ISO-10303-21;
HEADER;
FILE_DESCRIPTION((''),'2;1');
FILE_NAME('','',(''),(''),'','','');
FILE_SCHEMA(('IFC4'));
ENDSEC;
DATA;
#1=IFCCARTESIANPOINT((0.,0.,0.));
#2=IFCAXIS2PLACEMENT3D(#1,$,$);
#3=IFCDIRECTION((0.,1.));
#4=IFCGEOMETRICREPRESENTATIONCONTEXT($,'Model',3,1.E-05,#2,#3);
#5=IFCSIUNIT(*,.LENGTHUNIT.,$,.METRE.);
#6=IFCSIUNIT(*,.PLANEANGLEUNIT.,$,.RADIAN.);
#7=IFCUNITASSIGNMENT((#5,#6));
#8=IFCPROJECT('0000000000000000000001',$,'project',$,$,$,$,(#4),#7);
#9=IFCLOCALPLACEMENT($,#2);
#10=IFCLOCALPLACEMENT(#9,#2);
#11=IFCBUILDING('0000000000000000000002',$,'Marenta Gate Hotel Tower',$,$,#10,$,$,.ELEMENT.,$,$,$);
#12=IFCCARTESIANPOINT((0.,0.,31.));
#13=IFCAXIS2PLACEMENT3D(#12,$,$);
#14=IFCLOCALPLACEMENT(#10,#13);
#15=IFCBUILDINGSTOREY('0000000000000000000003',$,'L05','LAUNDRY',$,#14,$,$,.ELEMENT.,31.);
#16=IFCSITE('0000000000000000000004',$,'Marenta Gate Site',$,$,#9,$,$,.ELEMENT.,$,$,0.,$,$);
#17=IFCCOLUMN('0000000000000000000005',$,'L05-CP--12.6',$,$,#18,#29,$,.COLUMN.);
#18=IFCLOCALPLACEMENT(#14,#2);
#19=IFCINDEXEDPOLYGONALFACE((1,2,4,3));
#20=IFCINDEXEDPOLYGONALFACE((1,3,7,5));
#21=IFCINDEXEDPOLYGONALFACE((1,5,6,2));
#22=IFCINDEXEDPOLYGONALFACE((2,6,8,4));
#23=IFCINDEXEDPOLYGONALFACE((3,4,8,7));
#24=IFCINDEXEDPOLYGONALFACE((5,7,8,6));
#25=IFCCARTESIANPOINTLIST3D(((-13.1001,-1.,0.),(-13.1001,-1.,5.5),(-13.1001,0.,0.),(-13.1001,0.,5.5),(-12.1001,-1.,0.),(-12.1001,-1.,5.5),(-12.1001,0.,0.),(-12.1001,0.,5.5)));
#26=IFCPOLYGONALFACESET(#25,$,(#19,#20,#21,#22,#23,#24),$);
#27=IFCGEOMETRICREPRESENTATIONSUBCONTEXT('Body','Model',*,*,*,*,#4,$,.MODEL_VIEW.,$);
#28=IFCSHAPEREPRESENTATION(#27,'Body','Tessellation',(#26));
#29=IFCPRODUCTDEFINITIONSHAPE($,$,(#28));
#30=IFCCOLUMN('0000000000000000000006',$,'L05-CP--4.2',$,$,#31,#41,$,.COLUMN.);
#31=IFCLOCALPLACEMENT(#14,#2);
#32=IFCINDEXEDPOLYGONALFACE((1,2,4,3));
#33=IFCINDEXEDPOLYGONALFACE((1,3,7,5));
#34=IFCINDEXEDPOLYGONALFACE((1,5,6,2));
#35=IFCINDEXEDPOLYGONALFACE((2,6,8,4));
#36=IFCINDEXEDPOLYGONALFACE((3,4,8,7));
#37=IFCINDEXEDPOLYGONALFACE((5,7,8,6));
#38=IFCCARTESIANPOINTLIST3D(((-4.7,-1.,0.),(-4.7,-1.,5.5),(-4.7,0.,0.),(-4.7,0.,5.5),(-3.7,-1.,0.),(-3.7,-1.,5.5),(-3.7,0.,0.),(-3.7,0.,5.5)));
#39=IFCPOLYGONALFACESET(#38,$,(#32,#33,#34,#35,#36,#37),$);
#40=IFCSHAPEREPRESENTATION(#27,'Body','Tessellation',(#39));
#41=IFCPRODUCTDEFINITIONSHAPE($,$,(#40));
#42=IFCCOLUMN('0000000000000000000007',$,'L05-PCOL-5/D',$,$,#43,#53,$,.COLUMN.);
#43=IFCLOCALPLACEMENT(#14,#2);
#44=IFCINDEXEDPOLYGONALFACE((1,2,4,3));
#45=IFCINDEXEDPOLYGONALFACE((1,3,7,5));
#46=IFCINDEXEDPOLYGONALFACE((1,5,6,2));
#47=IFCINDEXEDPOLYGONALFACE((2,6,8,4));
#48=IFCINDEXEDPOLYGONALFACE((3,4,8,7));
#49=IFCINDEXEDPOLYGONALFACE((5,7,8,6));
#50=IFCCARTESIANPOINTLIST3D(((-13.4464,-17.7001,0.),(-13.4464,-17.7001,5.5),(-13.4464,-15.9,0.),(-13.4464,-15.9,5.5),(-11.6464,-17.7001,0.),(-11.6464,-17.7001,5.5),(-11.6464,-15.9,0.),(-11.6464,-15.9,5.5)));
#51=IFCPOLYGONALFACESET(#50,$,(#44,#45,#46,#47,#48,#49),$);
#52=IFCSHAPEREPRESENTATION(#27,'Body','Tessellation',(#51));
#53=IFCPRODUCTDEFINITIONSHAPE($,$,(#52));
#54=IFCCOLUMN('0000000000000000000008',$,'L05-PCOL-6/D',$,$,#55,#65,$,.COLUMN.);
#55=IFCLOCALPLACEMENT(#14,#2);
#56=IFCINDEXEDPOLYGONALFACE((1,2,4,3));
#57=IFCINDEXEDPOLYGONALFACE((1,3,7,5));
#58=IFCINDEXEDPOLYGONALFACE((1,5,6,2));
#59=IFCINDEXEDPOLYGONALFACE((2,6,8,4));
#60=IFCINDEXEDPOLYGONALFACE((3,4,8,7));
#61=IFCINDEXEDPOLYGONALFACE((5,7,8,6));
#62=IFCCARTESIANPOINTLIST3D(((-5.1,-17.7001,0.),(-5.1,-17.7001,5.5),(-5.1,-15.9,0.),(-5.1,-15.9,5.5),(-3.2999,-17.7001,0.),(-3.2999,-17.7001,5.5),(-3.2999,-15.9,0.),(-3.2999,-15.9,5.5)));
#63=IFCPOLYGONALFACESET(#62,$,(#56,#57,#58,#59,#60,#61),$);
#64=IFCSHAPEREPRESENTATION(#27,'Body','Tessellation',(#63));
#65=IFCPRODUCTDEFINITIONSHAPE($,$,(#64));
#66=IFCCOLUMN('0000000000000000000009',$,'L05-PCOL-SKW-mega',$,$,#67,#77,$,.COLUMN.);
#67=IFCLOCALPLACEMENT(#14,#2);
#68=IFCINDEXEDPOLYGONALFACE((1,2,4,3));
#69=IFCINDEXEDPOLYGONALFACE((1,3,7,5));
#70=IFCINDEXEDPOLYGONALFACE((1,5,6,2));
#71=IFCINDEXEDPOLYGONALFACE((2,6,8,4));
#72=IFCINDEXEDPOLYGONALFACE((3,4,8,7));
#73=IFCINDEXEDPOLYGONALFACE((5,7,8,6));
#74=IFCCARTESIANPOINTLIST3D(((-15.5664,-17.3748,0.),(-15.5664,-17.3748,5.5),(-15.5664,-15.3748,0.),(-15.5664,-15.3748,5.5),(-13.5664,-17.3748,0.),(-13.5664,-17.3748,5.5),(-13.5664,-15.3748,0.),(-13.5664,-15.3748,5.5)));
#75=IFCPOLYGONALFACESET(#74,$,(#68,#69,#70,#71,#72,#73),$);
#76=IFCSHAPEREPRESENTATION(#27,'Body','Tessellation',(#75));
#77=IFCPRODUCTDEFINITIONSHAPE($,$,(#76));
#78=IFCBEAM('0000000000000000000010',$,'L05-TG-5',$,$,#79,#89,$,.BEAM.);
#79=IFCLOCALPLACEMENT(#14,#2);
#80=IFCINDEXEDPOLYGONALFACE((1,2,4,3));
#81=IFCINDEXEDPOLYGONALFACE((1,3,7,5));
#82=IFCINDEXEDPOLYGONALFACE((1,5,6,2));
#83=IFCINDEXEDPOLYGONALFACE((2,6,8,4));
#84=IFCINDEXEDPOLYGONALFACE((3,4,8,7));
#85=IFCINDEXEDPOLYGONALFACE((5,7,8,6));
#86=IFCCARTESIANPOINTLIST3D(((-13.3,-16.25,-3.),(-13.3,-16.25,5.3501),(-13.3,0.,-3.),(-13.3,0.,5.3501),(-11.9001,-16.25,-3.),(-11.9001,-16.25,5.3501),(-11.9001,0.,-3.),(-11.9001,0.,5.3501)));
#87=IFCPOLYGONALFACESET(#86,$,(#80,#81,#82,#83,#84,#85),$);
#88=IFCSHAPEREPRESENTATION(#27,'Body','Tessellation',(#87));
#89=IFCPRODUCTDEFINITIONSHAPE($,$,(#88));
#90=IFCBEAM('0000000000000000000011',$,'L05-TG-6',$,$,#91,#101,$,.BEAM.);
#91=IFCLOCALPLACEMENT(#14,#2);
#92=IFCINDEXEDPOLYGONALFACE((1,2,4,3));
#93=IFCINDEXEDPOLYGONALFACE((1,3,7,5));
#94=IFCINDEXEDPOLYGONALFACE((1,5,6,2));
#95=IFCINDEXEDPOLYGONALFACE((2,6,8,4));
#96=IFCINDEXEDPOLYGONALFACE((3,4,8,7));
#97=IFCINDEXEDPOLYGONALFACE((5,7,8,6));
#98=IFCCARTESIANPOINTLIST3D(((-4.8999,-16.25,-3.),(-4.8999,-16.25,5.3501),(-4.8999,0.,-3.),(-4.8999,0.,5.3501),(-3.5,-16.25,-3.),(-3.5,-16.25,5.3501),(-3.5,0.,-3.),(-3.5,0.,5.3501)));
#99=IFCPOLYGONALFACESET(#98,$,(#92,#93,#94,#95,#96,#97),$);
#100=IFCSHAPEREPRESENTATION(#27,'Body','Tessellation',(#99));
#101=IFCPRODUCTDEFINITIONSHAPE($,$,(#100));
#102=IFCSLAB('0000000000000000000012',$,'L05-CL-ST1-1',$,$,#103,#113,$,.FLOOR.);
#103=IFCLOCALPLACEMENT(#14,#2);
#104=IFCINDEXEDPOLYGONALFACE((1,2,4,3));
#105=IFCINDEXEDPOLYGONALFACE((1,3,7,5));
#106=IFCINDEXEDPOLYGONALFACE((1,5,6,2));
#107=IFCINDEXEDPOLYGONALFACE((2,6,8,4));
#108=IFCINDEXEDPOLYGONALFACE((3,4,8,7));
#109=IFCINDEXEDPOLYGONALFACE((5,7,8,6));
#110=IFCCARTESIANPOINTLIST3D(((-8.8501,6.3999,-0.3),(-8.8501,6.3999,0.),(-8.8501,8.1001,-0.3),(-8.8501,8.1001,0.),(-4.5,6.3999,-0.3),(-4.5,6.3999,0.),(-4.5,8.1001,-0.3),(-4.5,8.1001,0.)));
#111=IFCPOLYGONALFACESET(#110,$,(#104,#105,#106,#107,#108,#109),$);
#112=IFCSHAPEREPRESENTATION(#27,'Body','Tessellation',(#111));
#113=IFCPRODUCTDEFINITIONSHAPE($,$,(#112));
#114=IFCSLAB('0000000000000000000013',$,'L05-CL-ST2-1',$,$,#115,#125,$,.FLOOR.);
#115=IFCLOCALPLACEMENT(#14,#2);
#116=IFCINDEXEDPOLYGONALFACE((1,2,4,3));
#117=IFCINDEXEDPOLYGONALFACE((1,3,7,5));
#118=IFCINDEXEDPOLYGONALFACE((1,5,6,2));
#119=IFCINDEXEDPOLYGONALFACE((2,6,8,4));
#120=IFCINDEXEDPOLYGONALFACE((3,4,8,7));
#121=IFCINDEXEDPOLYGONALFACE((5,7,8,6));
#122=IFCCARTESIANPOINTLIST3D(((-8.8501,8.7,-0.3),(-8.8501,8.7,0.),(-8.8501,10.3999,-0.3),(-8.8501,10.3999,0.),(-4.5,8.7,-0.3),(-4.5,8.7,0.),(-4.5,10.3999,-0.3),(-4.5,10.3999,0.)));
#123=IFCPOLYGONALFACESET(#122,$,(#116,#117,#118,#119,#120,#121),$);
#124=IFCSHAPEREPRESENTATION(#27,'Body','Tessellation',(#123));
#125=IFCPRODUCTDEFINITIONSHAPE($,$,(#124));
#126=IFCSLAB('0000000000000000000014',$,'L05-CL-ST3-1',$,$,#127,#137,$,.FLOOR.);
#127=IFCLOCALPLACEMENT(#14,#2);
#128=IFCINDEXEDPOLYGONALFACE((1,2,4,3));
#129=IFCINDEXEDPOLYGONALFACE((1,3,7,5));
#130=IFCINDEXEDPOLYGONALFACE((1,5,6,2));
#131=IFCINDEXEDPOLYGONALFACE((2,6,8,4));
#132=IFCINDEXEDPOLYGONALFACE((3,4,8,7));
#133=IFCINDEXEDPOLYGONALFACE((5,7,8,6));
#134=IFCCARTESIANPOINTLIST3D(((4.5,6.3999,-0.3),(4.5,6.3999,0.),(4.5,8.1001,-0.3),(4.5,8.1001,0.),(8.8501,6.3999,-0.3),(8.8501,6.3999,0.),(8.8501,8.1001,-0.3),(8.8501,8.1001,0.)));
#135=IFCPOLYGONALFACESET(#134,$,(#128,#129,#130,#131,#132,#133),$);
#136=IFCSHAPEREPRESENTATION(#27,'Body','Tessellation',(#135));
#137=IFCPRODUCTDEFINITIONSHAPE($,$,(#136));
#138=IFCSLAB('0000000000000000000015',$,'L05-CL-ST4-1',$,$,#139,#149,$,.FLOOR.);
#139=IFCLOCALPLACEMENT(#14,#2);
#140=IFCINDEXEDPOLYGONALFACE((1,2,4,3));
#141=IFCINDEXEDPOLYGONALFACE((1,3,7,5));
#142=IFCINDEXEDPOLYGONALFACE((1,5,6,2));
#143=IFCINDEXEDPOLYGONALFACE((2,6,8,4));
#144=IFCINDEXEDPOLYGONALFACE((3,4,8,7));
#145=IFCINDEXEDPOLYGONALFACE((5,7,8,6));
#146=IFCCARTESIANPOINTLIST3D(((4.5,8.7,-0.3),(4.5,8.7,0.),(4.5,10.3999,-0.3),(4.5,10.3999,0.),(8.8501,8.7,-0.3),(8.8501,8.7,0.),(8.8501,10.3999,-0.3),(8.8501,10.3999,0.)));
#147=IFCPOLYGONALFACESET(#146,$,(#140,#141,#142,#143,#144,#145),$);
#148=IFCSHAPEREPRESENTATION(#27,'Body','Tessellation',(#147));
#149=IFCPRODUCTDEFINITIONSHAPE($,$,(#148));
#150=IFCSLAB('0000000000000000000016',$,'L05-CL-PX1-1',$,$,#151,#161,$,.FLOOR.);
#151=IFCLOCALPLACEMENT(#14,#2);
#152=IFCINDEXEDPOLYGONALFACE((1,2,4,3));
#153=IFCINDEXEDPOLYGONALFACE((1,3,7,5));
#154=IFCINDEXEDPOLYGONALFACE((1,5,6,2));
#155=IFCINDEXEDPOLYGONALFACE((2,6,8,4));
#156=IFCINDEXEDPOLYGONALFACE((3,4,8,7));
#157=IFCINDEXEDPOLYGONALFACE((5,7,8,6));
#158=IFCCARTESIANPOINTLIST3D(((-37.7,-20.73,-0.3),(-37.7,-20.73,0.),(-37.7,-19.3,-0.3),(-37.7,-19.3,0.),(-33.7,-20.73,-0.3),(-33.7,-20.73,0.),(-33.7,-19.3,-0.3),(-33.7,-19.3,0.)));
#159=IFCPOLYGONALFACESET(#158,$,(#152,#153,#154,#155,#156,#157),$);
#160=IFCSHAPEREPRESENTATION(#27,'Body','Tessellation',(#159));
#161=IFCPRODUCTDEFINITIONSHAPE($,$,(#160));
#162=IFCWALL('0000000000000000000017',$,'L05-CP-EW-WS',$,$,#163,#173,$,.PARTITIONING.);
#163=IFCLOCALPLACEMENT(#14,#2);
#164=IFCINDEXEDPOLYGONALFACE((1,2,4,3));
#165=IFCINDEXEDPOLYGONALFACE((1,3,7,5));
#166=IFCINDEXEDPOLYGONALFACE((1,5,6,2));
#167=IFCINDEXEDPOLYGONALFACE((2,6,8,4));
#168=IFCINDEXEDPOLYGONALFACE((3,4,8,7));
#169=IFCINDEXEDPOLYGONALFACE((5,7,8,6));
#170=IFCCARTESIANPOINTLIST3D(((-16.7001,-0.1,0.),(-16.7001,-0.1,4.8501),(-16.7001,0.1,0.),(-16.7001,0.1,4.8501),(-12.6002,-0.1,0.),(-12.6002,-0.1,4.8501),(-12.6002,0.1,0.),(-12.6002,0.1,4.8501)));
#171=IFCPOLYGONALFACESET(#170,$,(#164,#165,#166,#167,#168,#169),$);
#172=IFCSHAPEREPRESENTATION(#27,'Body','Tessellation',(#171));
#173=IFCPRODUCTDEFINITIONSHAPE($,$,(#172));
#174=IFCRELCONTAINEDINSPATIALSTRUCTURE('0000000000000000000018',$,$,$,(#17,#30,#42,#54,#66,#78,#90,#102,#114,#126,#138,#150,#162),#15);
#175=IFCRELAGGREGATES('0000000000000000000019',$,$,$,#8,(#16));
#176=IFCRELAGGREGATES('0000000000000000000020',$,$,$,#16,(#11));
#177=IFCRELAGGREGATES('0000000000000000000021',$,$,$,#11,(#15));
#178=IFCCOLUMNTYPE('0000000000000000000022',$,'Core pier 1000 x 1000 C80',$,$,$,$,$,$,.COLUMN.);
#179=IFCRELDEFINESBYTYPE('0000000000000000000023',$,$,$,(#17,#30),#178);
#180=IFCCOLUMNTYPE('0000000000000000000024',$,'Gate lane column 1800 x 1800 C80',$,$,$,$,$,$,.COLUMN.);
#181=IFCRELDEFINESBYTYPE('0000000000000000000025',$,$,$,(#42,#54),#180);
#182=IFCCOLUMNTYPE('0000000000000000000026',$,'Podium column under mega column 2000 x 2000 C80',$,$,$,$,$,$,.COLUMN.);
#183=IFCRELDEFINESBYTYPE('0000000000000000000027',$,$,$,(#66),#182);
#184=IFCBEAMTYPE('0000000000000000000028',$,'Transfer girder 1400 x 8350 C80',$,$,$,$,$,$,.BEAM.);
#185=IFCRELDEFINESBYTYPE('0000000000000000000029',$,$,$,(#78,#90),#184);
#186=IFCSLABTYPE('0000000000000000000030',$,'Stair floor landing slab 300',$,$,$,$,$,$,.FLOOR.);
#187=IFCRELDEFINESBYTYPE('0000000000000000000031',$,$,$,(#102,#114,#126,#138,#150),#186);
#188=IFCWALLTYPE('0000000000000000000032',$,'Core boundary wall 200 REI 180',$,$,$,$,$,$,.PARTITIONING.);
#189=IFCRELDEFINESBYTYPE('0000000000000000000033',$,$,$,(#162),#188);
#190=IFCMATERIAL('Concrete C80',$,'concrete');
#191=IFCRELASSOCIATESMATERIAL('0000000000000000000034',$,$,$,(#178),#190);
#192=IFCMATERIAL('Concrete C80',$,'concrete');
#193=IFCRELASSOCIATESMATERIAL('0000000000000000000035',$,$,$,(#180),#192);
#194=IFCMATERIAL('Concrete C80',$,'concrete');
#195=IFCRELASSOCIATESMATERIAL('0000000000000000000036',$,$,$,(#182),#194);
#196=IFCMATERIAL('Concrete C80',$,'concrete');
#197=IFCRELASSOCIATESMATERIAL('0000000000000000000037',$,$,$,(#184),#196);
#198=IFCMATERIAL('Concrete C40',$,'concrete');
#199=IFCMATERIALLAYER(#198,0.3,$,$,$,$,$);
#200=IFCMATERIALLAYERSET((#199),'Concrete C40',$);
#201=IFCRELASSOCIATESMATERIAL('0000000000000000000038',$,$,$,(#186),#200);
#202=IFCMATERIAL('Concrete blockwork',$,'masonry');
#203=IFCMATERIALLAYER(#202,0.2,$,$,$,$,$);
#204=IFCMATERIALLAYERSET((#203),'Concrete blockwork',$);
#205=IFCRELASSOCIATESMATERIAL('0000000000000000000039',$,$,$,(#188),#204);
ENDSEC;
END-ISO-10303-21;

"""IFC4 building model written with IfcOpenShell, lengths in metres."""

from ifc_helpers import new_model, si_unit, direction, frame, frame_2d, origin, origin_2d, place, context, subcontext, project, spatial, polyline, rectangle, outline, extrude, material, layer, layer_set, material_profile, profile_set, type_object, element, save


model = new_model("IFC4")

# Units and contexts
model_context = context("Model", 3, precision=1e-05, world=origin(), true_north=direction((0.0, 1.0)))
body_context = subcontext(model_context, "Body", "Model", "MODEL_VIEW")
ifc_project = project(units=[si_unit("LENGTHUNIT", "METRE"), si_unit("PLANEANGLEUNIT", "RADIAN")], contexts=[model_context])

# Site, building, storey
site_placement = place(None, origin())
site = spatial("IfcSite", under=ifc_project, at=site_placement, Name="Marenta Gate Site", CompositionType="ELEMENT", RefElevation=0.0)
building_placement = place(site_placement, origin())
building = spatial("IfcBuilding", under=site, at=building_placement, Name="Marenta Gate Hotel Tower", CompositionType="ELEMENT")
storey_placement = place(building_placement, frame((0.0, 0.0, 31.0)))
storey = spatial("IfcBuildingStorey", under=building, at=storey_placement, Name="L05", Description="LAUNDRY", CompositionType="ELEMENT", Elevation=31.0)

# Columns
ifc_material_1 = material(Name="Concrete C80", Category="concrete")
ifc_material_profile_1 = material_profile(ifc_material_1, rectangle(XDim=1.0, YDim=1.0, at=origin_2d()), Name="1000 x 1000")
ifc_profile_set_1 = profile_set([ifc_material_profile_1], Name="Concrete C80")
column_type_1 = type_object("IfcColumnType", Name="Core pier 1000 x 1000 C80", PredefinedType="COLUMN", material=ifc_profile_set_1)
for number, where, z_axis, x_axis, name in (
    (1, (-12.6001, -0.5, 0.0), (0.0, 0.0, 1.0), (1.0, 0.0, 0.0), "L05-CP--12.6"),
    (2, (-4.2, -0.5, 0.0), (0.0, 0.0, 1.0), (1.0, 0.0, 0.0), "L05-CP--4.2"),
):
    element("IfcColumn", number, at=place(storey_placement, frame(where, z_axis=z_axis, x_axis=x_axis)), inside=storey, type_object=column_type_1, Name=name, PredefinedType="COLUMN", context=body_context, shape_type="SweptSolid", body=[
        extrude(rectangle(XDim=1.0, YDim=1.0, at=origin_2d()), origin(), (0.0, 0.0, 1.0), 5.5),
    ])
ifc_material_2 = material(Name="Concrete C80", Category="concrete")
ifc_material_profile_2 = material_profile(ifc_material_2, rectangle(XDim=1.8, YDim=1.8, at=origin_2d()), Name="1800 x 1800")
ifc_profile_set_2 = profile_set([ifc_material_profile_2], Name="Concrete C80")
column_type_2 = type_object("IfcColumnType", Name="Gate lane column 1800 x 1800 C80", PredefinedType="COLUMN", material=ifc_profile_set_2)
for number, where, z_axis, x_axis, name in (
    (3, (-12.5464, -16.8, 0.0), (0.0, 0.0, 1.0), (1.0, 0.0, 0.0), "L05-PCOL-5/D"),
    (4, (-4.2, -16.8, 0.0), (0.0, 0.0, 1.0), (1.0, 0.0, 0.0), "L05-PCOL-6/D"),
):
    element("IfcColumn", number, at=place(storey_placement, frame(where, z_axis=z_axis, x_axis=x_axis)), inside=storey, type_object=column_type_2, Name=name, PredefinedType="COLUMN", context=body_context, shape_type="SweptSolid", body=[
        extrude(rectangle(XDim=1.8, YDim=1.8, at=origin_2d()), origin(), (0.0, 0.0, 1.0), 5.5),
    ])
ifc_material_3 = material(Name="Concrete C80", Category="concrete")
ifc_material_profile_3 = material_profile(ifc_material_3, rectangle(XDim=2.0, YDim=2.0, at=origin_2d()), Name="2000 x 2000")
ifc_profile_set_3 = profile_set([ifc_material_profile_3], Name="Concrete C80")
column_type_3 = type_object("IfcColumnType", Name="Podium column under mega column 2000 x 2000 C80", PredefinedType="COLUMN", material=ifc_profile_set_3)
column_placement = place(storey_placement, frame((-14.5664, -16.3748, 0.0), z_axis=(0.0, 0.0, 1.0), x_axis=(1.0, 0.0, 0.0)))
element("IfcColumn", 5, at=column_placement, inside=storey, type_object=column_type_3, Name="L05-PCOL-SKW-mega", PredefinedType="COLUMN", context=body_context, shape_type="SweptSolid", body=[
    extrude(rectangle(XDim=2.0, YDim=2.0, at=origin_2d()), origin(), (0.0, 0.0, 1.0), 5.5),
])

# Beams
ifc_material_4 = material(Name="Concrete C80", Category="concrete")
ifc_material_profile_4 = material_profile(ifc_material_4, rectangle(XDim=1.3999, YDim=8.3501, at=origin_2d()), Name="1400 x 8350")
ifc_profile_set_4 = profile_set([ifc_material_profile_4], Name="Concrete C80")
beam_type = type_object("IfcBeamType", Name="Transfer girder 1400 x 8350 C80", PredefinedType="BEAM", material=ifc_profile_set_4)
for number, where, z_axis, x_axis, name in (
    (6, (-12.6001, -16.25, 5.3501), (0.0, 1.0, 0.0), (-1.0, 0.0, 0.0), "L05-TG-5"),
    (7, (-4.2, -16.25, 5.3501), (0.0, 1.0, 0.0), (-1.0, 0.0, 0.0), "L05-TG-6"),
):
    element("IfcBeam", number, at=place(storey_placement, frame(where, z_axis=z_axis, x_axis=x_axis)), inside=storey, type_object=beam_type, Name=name, PredefinedType="BEAM", context=body_context, shape_type="SweptSolid", body=[
        extrude(rectangle(XDim=1.3999, YDim=8.3501, at=frame_2d((0.0, -4.175))), origin(), (0.0, 0.0, 1.0), 16.25),
    ])

# Slabs
ifc_material_5 = material(Name="Concrete C40", Category="concrete")
ifc_layer_1 = layer(ifc_material_5, 0.3)
ifc_layer_set_1 = layer_set([ifc_layer_1], Name="Concrete C40")
slab_type_1 = type_object("IfcSlabType", Name="Stair floor landing slab 300", PredefinedType="FLOOR", material=ifc_layer_set_1)
slab_1_placement = place(storey_placement, frame((0.0, 0.0, -0.3)))
element("IfcSlab", 8, at=slab_1_placement, inside=storey, type_object=slab_type_1, Name="L05-CL-ST1-1", PredefinedType="FLOOR", context=body_context, shape_type="SweptSolid", body=[
    extrude(outline(polyline([(-4.5, 6.3999), (-8.8501, 6.3999), (-8.8501, 8.1001), (-4.5, 8.1001), (-4.5, 6.3999)])), origin(), (0.0, 0.0, 1.0), 0.3),
])
slab_2_placement = place(storey_placement, frame((0.0, 0.0, -0.3)))
element("IfcSlab", 9, at=slab_2_placement, inside=storey, type_object=slab_type_1, Name="L05-CL-ST2-1", PredefinedType="FLOOR", context=body_context, shape_type="SweptSolid", body=[
    extrude(outline(polyline([(-4.5, 8.7), (-8.8501, 8.7), (-8.8501, 10.3999), (-4.5, 10.3999), (-4.5, 8.7)])), origin(), (0.0, 0.0, 1.0), 0.3),
])
slab_3_placement = place(storey_placement, frame((0.0, 0.0, -0.3)))
element("IfcSlab", 10, at=slab_3_placement, inside=storey, type_object=slab_type_1, Name="L05-CL-ST3-1", PredefinedType="FLOOR", context=body_context, shape_type="SweptSolid", body=[
    extrude(outline(polyline([(4.5, 6.3999), (4.5, 8.1001), (8.8501, 8.1001), (8.8501, 6.3999), (4.5, 6.3999)])), origin(), (0.0, 0.0, 1.0), 0.3),
])
slab_4_placement = place(storey_placement, frame((0.0, 0.0, -0.3)))
element("IfcSlab", 11, at=slab_4_placement, inside=storey, type_object=slab_type_1, Name="L05-CL-ST4-1", PredefinedType="FLOOR", context=body_context, shape_type="SweptSolid", body=[
    extrude(outline(polyline([(4.5, 8.7), (4.5, 10.3999), (8.8501, 10.3999), (8.8501, 8.7), (4.5, 8.7)])), origin(), (0.0, 0.0, 1.0), 0.3),
])
slab_5_placement = place(storey_placement, frame((0.0, 0.0, -0.3)))
element("IfcSlab", 12, at=slab_5_placement, inside=storey, type_object=slab_type_1, Name="L05-CL-PX1-1", PredefinedType="FLOOR", context=body_context, shape_type="SweptSolid", body=[
    extrude(outline(polyline([(-33.7, -20.73), (-37.7, -20.73), (-37.7, -19.3), (-33.7, -19.3), (-33.7, -20.73)])), origin(), (0.0, 0.0, 1.0), 0.3),
])

# Shared definitions
ifc_material_6 = material(Name="Concrete blockwork", Category="masonry")
ifc_layer_2 = layer(ifc_material_6, 0.2)
ifc_layer_set_2 = layer_set([ifc_layer_2], Name="Concrete blockwork")
wall_type_1 = type_object("IfcWallType", Name="Core boundary wall 200 REI 180", PredefinedType="PARTITIONING", material=ifc_layer_set_2)

# Wall
wall_1_placement = place(storey_placement, frame((-16.7, 0.0, 0.0), z_axis=(0.0, 0.0, 1.0), x_axis=(1.0, 0.0, 0.0)))
element("IfcWall", 13, at=wall_1_placement, inside=storey, type_object=wall_type_1, Name="L05-CP-EW-WS", PredefinedType="PARTITIONING", context=body_context, shape_type="SweptSolid", body=[
    extrude(rectangle(XDim=4.0999, YDim=0.2, at=frame_2d((2.0498, 0.0))), origin(), (0.0, 0.0, 1.0), 4.8501),
])

save(model, "model.ifc")
